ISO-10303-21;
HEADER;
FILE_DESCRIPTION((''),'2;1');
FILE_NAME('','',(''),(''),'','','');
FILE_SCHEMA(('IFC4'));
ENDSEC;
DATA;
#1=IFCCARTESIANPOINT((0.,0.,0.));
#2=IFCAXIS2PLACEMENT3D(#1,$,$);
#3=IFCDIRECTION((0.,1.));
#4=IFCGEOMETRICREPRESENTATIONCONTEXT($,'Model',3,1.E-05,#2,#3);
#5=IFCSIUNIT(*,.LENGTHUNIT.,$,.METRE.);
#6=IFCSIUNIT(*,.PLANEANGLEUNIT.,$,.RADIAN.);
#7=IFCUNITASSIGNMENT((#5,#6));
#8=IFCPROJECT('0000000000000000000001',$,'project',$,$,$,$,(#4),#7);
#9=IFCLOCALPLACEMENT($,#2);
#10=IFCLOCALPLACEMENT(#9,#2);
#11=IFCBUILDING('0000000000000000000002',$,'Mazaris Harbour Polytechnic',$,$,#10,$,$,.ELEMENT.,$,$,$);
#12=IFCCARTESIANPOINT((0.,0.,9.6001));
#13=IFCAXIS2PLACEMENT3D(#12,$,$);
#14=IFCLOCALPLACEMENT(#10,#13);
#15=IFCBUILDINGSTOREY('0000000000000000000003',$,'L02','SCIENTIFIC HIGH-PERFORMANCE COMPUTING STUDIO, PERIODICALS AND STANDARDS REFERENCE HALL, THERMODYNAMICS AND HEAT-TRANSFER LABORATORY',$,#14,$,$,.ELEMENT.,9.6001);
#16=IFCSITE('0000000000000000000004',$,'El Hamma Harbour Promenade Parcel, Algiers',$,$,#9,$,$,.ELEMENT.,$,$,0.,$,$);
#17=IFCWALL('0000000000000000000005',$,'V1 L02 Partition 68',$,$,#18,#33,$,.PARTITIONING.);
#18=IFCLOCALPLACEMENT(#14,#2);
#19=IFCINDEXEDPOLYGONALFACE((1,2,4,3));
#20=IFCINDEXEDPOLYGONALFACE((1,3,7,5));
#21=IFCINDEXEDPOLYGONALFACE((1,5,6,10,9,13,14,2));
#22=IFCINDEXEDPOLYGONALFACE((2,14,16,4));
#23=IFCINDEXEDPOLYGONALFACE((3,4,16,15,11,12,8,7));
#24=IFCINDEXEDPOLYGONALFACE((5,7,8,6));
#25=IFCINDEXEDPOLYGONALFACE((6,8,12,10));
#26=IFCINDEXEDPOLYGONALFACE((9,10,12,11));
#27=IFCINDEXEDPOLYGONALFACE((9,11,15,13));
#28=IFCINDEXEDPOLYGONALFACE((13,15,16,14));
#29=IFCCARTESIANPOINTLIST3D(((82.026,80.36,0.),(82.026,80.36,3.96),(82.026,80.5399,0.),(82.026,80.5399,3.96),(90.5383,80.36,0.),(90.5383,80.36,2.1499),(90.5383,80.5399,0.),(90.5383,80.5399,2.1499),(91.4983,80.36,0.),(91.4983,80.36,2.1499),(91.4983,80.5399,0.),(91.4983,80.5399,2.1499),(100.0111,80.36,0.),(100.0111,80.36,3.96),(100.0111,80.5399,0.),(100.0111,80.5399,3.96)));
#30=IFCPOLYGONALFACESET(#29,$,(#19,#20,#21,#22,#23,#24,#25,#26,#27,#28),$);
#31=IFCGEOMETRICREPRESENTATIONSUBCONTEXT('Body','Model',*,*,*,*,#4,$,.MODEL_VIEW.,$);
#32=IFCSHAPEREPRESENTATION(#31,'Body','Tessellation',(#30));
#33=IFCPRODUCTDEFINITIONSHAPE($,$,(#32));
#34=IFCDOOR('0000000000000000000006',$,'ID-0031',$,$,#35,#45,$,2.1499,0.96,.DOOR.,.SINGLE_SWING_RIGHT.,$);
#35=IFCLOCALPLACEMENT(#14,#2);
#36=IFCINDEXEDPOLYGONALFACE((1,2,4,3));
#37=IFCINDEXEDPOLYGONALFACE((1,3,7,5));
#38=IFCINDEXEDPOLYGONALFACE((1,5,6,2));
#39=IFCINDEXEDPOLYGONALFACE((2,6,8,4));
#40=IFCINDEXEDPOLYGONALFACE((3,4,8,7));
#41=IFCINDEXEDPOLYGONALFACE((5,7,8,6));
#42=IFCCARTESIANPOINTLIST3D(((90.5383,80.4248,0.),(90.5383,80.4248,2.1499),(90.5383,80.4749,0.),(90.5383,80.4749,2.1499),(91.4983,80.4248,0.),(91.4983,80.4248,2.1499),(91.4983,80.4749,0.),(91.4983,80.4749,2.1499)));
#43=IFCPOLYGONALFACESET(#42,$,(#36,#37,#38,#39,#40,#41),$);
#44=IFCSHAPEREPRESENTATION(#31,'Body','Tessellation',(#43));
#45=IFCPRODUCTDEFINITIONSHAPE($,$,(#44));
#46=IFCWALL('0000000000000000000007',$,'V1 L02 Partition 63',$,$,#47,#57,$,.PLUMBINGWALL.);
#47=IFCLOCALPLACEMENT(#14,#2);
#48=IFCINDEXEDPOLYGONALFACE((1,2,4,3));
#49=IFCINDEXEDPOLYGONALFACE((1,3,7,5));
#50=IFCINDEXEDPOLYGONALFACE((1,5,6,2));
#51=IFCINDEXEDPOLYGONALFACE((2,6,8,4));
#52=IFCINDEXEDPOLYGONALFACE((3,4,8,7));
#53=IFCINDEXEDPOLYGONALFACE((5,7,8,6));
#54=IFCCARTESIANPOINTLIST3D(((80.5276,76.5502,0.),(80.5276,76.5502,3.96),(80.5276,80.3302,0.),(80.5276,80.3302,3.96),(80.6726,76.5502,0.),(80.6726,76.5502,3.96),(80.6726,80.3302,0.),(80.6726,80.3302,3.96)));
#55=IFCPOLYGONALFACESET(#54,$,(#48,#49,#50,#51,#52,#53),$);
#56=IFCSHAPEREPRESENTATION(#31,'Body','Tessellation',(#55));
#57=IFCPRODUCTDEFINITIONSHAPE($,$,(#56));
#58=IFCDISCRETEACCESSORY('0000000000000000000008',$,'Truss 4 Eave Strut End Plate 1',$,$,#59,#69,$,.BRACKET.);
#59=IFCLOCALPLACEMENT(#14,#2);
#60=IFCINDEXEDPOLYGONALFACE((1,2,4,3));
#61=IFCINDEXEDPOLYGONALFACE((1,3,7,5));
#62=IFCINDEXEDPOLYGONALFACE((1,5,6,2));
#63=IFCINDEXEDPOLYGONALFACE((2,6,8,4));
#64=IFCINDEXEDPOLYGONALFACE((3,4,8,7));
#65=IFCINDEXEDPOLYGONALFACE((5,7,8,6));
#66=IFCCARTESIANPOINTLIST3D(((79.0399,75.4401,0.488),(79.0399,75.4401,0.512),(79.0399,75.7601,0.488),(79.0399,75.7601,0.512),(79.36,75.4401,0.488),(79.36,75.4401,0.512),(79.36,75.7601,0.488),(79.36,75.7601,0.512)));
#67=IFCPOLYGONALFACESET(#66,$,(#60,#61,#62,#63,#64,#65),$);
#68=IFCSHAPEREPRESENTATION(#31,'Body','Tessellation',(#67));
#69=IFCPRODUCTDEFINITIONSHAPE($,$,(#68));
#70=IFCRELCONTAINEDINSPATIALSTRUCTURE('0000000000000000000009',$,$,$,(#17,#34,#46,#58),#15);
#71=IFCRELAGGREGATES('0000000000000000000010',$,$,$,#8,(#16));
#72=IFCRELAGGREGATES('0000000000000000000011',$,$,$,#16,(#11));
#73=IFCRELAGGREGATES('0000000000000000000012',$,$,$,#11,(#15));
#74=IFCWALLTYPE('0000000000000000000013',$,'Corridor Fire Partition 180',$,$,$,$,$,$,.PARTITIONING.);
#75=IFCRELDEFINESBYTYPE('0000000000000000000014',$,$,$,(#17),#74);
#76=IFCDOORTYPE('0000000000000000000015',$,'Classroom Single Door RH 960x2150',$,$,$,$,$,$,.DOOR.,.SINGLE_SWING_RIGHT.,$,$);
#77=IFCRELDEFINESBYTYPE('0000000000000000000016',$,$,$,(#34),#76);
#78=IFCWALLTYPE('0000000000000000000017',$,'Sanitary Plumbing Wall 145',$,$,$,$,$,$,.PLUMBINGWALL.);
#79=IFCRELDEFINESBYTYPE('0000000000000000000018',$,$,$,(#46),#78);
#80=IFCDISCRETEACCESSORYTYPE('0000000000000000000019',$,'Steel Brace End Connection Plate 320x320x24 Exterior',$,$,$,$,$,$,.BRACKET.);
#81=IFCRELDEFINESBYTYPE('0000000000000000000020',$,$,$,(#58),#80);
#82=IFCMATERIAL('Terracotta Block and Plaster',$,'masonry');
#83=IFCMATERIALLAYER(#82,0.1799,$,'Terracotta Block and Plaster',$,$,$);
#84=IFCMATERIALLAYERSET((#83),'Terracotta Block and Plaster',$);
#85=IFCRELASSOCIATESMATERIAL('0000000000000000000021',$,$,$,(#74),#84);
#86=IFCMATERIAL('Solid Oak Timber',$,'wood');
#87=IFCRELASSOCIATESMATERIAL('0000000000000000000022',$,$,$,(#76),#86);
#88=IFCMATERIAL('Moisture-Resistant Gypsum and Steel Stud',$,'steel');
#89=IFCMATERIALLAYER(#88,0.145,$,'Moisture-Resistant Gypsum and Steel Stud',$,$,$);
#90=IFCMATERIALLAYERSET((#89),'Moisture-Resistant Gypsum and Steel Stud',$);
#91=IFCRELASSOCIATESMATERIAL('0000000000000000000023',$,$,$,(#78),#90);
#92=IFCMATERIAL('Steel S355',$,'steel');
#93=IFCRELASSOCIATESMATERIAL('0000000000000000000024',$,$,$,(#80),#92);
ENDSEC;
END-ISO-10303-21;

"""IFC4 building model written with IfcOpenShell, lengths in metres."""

from ifc_helpers import new_model, si_unit, direction, frame, frame_2d, origin, origin_2d, place, context, subcontext, project, spatial, rectangle, extrude, material, layer, layer_set, type_object, element, fill, save


model = new_model("IFC4")

# Units and contexts
model_context = context("Model", 3, precision=1e-05, world=origin(), true_north=direction((0.0, 1.0)))
body_context = subcontext(model_context, "Body", "Model", "MODEL_VIEW")
ifc_project = project(units=[si_unit("LENGTHUNIT", "METRE"), si_unit("PLANEANGLEUNIT", "RADIAN")], contexts=[model_context])

# Site, building, storey
site_placement = place(None, origin())
site = spatial("IfcSite", under=ifc_project, at=site_placement, Name="El Hamma Harbour Promenade Parcel, Algiers", CompositionType="ELEMENT", RefElevation=0.0)
building_placement = place(site_placement, origin())
building = spatial("IfcBuilding", under=site, at=building_placement, Name="Mazaris Harbour Polytechnic", CompositionType="ELEMENT")
storey_placement = place(building_placement, frame((0.0, 0.0, 9.6001)))
storey = spatial("IfcBuildingStorey", under=building, at=storey_placement, Name="L02", Description="SCIENTIFIC HIGH-PERFORMANCE COMPUTING STUDIO, PERIODICALS AND STANDARDS REFERENCE HALL, THERMODYNAMICS AND HEAT-TRANSFER LABORATORY", CompositionType="ELEMENT", Elevation=9.6001)

# Wall, opening, door
ifc_material_1 = material(Name="Terracotta Block and Plaster", Category="masonry")
ifc_layer_1 = layer(ifc_material_1, 0.1799, Name="Terracotta Block and Plaster")
ifc_layer_set_1 = layer_set([ifc_layer_1], Name="Terracotta Block and Plaster")
wall_type_1 = type_object("IfcWallType", Name="Corridor Fire Partition 180", PredefinedType="PARTITIONING", material=ifc_layer_set_1)
wall_1_placement = place(storey_placement, frame((82.0259, 80.45, 0.0), z_axis=(0.0, 0.0, 1.0), x_axis=(1.0, 0.0, 0.0)))
wall_1 = element("IfcWall", 1, at=wall_1_placement, inside=storey, type_object=wall_type_1, Name="V1 L02 Partition 68", PredefinedType="PARTITIONING", context=body_context, shape_type="SweptSolid", body=[
    extrude(rectangle(XDim=17.9851, YDim=0.1799, at=frame_2d((8.9927, 0.0))), origin(), (0.0, 0.0, 1.0), 3.96),
])
opening_placement = place(wall_1_placement, frame((8.5125, 0.0, 0.0)))
opening = element("IfcOpeningElement", 2, at=opening_placement, cuts=wall_1, PredefinedType="OPENING", context=body_context, shape_type="SweptSolid", body=[
    extrude(rectangle(XDim=0.96, YDim=2.1499, at=frame_2d((0.48, 1.075))), frame((0.0, 0.0999, 0.0), z_axis=(0.0, -1.0, 0.0), x_axis=(1.0, 0.0, 0.0)), (0.0, 0.0, 1.0), 0.2),
])
ifc_material_2 = material(Name="Solid Oak Timber", Category="wood")
door_type = type_object("IfcDoorType", Name="Classroom Single Door RH 960x2150", OperationType="SINGLE_SWING_RIGHT", PredefinedType="DOOR", material=ifc_material_2)
door_placement = place(opening_placement, origin())
door = element("IfcDoor", 3, at=door_placement, inside=storey, type_object=door_type, Name="ID-0031", OperationType="SINGLE_SWING_RIGHT", OverallHeight=2.1499, OverallWidth=0.96, PredefinedType="DOOR", context=body_context, shape_type="SweptSolid", body=[
    extrude(rectangle(XDim=0.96, YDim=2.1499, at=frame_2d((0.48, 1.075))), frame((0.0, 0.0249, 0.0), z_axis=(0.0, -1.0, 0.0), x_axis=(1.0, 0.0, 0.0)), (0.0, 0.0, 1.0), 0.05),
])
fill(opening, door)

# Wall
ifc_material_3 = material(Name="Moisture-Resistant Gypsum and Steel Stud", Category="steel")
ifc_layer_2 = layer(ifc_material_3, 0.145, Name="Moisture-Resistant Gypsum and Steel Stud")
ifc_layer_set_2 = layer_set([ifc_layer_2], Name="Moisture-Resistant Gypsum and Steel Stud")
wall_type_2 = type_object("IfcWallType", Name="Sanitary Plumbing Wall 145", PredefinedType="PLUMBINGWALL", material=ifc_layer_set_2)
wall_2_placement = place(storey_placement, frame((80.6001, 76.55, 0.0), z_axis=(0.0, 0.0, 1.0), x_axis=(0.0, 1.0, 0.0)))
element("IfcWall", 4, at=wall_2_placement, inside=storey, type_object=wall_type_2, Name="V1 L02 Partition 63", PredefinedType="PLUMBINGWALL", context=body_context, shape_type="SweptSolid", body=[
    extrude(rectangle(XDim=3.78, YDim=0.145, at=frame_2d((1.8901, 0.0))), origin(), (0.0, 0.0, 1.0), 3.96),
])

# Discrete accessory
ifc_material_4 = material(Name="Steel S355", Category="steel")
discrete_accessory_type = type_object("IfcDiscreteAccessoryType", Name="Steel Brace End Connection Plate 320x320x24 Exterior", PredefinedType="BRACKET", material=ifc_material_4)
discrete_accessory_placement = place(storey_placement, frame((79.2, 75.6001, 0.488), z_axis=(0.0, 0.0, 1.0), x_axis=(1.0, 0.0, 0.0)))
element("IfcDiscreteAccessory", 5, at=discrete_accessory_placement, inside=storey, type_object=discrete_accessory_type, Name="Truss 4 Eave Strut End Plate 1", PredefinedType="BRACKET", context=body_context, shape_type="SweptSolid", body=[
    extrude(rectangle(XDim=0.3201, YDim=0.3201, at=origin_2d()), origin(), (0.0, 0.0, 1.0), 0.0239),
])

save(model, "model.ifc")
